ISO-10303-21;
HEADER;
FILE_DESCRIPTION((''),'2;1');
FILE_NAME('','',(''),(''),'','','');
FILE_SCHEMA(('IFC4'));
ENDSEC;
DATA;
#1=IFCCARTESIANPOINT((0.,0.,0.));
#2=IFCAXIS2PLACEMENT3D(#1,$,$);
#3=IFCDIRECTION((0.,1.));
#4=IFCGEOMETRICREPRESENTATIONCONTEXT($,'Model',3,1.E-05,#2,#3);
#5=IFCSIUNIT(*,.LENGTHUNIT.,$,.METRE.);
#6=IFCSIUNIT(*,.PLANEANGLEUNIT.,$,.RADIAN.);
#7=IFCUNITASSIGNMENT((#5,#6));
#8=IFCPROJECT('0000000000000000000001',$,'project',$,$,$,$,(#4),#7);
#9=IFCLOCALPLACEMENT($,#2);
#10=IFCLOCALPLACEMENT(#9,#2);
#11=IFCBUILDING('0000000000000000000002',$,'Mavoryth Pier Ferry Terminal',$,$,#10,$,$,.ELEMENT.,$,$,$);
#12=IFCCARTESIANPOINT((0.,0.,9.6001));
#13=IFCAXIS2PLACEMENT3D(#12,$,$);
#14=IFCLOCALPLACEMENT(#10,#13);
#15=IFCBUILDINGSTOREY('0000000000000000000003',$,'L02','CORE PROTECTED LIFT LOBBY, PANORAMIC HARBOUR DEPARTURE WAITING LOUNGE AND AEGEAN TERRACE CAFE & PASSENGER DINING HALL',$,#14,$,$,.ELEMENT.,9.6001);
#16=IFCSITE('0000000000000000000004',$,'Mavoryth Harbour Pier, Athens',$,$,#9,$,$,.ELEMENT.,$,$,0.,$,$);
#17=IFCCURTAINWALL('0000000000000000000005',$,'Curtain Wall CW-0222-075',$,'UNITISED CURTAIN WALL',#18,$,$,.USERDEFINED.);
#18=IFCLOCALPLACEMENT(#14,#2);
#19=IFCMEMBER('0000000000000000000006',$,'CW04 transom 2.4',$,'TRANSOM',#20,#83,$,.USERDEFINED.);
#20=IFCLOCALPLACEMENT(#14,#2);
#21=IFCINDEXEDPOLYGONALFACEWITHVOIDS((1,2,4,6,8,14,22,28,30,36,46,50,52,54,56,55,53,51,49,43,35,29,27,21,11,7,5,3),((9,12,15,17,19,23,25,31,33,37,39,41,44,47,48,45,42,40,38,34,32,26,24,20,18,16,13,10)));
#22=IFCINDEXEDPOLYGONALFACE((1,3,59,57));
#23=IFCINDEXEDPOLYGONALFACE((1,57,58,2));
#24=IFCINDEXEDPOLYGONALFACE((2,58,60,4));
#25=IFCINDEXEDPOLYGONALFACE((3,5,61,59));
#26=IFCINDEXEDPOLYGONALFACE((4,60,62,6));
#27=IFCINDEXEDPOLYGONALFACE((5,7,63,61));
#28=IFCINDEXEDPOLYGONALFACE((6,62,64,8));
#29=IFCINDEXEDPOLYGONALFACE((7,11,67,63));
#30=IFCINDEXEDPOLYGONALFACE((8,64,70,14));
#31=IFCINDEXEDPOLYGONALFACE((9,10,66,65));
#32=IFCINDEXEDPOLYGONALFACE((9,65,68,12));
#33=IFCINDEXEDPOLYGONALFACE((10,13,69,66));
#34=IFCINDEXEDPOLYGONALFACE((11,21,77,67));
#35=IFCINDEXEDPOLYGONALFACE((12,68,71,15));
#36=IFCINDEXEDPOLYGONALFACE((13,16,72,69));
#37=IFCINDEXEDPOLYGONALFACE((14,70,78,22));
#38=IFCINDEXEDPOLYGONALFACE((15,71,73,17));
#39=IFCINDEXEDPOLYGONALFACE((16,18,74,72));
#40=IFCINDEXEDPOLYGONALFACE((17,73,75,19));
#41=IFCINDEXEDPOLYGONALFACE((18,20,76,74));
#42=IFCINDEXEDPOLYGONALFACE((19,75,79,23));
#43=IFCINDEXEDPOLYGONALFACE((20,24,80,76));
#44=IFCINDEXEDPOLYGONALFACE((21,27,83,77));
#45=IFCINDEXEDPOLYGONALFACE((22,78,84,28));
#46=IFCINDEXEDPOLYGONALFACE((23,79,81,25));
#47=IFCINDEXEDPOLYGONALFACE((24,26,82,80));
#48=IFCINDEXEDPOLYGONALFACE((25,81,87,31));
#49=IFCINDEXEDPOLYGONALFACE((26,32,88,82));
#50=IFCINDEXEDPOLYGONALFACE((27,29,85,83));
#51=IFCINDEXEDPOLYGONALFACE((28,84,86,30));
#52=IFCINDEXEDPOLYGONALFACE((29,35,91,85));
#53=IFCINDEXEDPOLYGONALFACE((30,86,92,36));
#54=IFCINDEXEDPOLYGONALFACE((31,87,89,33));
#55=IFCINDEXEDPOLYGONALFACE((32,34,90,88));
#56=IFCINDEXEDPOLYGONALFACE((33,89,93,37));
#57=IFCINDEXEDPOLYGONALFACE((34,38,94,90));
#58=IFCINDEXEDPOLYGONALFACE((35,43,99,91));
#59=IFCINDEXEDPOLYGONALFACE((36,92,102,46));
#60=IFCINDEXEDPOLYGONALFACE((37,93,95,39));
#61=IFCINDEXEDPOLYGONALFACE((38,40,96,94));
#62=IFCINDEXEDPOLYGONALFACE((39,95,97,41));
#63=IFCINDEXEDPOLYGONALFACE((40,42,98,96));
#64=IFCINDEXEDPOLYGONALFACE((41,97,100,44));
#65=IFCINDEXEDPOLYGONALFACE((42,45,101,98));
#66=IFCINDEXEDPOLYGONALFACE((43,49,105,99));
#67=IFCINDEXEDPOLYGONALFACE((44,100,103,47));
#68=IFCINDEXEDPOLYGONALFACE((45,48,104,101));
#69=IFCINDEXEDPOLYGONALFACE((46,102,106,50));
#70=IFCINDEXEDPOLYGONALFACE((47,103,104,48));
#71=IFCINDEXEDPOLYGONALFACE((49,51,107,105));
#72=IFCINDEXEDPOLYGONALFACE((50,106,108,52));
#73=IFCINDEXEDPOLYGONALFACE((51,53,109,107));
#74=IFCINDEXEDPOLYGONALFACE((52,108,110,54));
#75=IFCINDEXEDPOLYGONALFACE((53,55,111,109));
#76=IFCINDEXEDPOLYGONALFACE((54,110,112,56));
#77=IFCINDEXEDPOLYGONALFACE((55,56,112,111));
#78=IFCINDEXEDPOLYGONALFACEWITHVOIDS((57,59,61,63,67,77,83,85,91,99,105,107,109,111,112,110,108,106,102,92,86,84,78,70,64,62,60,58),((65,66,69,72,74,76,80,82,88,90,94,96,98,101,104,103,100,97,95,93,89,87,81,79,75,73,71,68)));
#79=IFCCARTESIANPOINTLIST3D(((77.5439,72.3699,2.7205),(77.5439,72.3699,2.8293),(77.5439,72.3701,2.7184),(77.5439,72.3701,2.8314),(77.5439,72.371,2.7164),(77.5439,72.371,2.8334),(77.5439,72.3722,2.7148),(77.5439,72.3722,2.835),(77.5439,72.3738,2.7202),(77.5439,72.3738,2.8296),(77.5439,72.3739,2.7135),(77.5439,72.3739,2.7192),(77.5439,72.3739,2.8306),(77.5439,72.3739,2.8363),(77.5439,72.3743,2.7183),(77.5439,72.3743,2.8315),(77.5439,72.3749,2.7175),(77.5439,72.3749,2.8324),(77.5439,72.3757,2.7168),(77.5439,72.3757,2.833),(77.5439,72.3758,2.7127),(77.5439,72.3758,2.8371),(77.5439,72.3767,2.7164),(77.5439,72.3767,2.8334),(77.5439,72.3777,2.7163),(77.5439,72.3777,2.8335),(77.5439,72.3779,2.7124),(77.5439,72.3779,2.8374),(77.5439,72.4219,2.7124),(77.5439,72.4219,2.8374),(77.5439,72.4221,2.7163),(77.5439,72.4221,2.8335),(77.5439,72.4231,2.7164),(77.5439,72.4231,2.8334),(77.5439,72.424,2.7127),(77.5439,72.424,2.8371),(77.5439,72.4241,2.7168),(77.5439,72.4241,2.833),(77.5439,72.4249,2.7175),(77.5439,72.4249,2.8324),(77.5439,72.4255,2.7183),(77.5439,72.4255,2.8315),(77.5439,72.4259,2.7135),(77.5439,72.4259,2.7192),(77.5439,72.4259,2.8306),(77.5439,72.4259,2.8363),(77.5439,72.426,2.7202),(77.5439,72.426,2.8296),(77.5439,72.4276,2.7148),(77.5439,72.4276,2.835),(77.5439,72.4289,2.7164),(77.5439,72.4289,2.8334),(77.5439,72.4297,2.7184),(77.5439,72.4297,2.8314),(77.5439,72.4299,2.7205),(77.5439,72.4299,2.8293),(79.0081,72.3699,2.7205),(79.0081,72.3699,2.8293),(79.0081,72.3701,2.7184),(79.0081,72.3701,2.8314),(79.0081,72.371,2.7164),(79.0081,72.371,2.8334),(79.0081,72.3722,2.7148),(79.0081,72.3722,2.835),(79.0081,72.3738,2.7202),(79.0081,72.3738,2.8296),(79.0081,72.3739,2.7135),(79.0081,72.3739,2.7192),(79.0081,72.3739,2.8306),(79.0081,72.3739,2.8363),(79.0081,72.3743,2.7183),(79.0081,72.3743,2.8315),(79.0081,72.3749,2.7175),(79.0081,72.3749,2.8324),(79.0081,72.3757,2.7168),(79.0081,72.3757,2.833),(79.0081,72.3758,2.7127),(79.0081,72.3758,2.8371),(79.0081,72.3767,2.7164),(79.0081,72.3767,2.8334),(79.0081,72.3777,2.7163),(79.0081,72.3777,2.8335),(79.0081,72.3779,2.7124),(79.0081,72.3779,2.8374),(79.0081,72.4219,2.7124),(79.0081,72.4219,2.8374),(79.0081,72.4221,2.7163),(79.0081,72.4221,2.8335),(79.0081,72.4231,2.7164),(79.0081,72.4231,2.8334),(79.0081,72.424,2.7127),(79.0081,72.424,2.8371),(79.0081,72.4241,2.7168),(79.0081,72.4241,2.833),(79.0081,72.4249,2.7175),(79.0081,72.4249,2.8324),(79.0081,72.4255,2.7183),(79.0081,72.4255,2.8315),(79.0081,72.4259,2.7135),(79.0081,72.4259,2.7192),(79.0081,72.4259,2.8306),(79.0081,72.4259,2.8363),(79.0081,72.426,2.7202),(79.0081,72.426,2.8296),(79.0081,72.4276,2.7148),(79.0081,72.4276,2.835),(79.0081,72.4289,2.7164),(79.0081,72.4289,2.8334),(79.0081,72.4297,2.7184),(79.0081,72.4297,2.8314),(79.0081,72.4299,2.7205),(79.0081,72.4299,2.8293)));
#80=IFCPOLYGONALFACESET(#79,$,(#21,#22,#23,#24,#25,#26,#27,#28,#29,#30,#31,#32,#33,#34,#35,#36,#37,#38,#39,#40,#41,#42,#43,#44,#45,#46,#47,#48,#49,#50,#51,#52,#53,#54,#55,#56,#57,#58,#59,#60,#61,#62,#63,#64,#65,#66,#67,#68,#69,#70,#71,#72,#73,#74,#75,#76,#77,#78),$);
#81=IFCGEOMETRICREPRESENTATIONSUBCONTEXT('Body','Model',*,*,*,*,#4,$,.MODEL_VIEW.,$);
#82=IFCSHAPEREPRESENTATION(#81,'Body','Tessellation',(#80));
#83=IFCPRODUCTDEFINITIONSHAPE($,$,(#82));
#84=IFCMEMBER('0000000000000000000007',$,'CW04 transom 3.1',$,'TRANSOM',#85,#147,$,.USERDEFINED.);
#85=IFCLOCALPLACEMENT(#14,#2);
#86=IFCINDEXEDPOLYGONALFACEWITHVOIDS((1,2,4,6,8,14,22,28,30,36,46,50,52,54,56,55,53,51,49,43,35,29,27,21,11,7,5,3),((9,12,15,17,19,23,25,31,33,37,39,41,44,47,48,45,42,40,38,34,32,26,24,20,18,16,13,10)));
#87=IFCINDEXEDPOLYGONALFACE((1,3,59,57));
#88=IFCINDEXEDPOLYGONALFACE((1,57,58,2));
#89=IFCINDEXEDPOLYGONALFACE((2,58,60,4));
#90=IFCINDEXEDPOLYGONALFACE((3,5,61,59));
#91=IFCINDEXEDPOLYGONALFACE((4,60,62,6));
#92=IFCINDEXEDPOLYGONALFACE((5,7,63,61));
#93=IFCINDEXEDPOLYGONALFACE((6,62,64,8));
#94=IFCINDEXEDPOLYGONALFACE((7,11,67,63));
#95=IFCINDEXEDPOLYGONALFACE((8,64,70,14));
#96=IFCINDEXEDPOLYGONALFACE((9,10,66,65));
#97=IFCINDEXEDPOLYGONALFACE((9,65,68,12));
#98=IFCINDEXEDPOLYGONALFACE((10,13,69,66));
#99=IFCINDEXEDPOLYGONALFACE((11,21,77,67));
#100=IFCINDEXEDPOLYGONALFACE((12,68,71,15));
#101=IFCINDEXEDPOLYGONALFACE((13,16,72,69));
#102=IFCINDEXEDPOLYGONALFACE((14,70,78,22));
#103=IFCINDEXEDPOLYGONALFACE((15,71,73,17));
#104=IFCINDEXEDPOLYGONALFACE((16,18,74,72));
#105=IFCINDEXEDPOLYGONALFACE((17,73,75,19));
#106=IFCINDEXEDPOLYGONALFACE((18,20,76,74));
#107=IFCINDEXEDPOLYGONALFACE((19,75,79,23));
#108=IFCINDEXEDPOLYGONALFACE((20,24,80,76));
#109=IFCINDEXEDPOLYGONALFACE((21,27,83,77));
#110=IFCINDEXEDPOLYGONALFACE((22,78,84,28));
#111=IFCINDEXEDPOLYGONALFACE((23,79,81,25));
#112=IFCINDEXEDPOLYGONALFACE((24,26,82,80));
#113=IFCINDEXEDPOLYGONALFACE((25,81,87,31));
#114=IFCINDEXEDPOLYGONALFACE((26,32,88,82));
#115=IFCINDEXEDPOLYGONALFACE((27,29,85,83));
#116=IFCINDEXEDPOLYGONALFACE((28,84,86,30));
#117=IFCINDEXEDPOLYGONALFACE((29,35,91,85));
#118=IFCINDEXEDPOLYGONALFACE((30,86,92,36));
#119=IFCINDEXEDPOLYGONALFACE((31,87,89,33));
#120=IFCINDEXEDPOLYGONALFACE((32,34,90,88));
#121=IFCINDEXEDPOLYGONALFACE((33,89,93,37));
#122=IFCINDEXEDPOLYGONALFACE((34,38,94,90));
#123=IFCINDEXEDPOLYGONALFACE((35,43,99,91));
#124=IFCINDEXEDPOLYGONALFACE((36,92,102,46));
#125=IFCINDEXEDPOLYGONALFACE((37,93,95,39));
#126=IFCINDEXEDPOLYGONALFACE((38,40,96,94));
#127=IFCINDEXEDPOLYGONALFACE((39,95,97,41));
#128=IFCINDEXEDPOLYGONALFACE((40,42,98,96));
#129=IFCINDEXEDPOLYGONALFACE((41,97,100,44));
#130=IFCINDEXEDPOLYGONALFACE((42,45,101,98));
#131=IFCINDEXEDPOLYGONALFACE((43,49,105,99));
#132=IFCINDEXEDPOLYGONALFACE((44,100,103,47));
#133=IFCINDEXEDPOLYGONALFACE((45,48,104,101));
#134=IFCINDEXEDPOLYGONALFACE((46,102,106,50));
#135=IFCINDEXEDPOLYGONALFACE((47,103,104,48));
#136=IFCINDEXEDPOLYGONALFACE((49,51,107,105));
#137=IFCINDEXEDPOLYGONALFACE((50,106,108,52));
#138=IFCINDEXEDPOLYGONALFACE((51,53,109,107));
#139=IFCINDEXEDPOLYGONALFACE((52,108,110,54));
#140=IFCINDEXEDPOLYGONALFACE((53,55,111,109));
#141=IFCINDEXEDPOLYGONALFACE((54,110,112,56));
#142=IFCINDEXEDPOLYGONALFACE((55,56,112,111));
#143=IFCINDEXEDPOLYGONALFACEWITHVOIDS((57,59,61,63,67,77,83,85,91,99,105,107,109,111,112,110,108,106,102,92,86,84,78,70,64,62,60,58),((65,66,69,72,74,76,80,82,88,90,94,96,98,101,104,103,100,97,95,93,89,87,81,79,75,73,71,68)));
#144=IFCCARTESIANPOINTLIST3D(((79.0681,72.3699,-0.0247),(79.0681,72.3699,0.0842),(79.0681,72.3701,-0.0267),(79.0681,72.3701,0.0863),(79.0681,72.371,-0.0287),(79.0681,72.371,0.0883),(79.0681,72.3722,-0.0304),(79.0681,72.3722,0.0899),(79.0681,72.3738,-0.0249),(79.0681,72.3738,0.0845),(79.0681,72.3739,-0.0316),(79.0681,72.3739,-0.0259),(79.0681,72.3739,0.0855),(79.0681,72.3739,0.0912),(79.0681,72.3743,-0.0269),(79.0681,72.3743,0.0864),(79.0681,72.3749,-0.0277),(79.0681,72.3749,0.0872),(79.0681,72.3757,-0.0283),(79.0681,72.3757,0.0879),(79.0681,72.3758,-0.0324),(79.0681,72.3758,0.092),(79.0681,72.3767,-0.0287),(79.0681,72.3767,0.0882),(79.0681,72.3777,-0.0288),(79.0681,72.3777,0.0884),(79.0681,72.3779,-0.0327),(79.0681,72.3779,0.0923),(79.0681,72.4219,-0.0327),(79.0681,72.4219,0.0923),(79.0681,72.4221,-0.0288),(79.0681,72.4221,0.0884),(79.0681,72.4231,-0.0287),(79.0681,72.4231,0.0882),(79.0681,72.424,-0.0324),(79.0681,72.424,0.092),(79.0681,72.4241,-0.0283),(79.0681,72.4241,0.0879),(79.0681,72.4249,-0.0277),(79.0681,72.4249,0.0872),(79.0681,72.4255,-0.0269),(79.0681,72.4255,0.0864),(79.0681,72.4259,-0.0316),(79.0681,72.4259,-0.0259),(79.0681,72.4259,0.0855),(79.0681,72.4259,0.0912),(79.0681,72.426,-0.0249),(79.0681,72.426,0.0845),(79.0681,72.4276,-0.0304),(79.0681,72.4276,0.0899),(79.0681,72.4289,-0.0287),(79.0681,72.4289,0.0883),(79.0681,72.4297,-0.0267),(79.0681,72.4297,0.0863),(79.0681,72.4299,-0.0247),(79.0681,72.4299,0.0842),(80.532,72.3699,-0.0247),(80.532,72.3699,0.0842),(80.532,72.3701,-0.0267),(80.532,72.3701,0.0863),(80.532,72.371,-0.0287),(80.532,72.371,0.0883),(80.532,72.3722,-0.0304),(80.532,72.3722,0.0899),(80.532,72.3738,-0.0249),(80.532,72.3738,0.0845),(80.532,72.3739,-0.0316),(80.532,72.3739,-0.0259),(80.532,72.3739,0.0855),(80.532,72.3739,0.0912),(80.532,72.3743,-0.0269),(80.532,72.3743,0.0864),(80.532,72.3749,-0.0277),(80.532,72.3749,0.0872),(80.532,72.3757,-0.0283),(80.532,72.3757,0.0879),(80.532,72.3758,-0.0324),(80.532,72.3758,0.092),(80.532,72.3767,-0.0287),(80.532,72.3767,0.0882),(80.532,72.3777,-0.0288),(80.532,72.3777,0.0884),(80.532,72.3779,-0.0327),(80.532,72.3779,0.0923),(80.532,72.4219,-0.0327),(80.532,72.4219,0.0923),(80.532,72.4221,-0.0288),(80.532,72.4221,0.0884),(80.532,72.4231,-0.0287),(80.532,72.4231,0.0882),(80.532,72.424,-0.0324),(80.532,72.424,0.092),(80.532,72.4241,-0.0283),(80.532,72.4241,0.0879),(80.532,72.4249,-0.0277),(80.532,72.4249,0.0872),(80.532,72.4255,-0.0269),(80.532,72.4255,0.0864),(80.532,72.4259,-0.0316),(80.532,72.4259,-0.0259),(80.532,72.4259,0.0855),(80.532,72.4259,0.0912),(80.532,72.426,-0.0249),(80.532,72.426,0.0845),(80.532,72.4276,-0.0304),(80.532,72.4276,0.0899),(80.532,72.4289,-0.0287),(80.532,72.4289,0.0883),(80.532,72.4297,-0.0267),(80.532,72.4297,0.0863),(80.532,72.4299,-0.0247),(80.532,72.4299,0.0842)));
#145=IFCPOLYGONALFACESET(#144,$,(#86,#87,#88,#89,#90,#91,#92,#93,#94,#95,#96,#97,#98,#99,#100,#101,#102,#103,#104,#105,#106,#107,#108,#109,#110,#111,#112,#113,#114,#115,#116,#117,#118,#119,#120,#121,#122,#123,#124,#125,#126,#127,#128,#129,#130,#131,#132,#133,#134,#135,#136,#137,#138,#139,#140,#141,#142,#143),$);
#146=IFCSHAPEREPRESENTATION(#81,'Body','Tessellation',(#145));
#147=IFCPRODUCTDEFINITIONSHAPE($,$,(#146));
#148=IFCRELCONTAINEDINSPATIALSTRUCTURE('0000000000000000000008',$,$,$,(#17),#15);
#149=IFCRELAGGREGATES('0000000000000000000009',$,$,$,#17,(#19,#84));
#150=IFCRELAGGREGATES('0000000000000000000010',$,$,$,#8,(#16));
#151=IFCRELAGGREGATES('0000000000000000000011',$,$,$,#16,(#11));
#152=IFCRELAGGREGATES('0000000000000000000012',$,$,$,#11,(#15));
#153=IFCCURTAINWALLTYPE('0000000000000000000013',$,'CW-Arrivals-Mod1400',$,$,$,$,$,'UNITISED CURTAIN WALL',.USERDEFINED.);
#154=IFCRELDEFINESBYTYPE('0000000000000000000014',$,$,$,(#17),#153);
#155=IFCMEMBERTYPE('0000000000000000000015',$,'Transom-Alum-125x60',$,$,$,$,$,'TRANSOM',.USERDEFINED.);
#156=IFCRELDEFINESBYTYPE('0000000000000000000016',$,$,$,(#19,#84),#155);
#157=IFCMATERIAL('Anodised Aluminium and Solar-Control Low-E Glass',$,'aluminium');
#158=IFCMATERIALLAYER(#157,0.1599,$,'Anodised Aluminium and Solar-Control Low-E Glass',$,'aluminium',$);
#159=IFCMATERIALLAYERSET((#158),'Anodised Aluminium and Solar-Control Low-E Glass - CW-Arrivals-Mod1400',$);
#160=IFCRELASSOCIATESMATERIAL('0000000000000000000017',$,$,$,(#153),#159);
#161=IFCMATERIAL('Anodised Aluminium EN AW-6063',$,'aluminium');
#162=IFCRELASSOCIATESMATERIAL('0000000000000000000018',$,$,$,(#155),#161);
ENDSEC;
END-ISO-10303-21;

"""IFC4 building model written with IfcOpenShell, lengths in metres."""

from ifc_helpers import new_model, si_unit, direction, frame, origin, origin_2d, place, context, subcontext, project, spatial, hollow_rectangle, extrude, material, layer, layer_set, material_profile, profile_set, type_object, element, aggregate, save


model = new_model("IFC4")

# Units and contexts
model_context = context("Model", 3, precision=1e-05, world=origin(), true_north=direction((0.0, 1.0)))
body_context = subcontext(model_context, "Body", "Model", "MODEL_VIEW")
ifc_project = project(units=[si_unit("LENGTHUNIT", "METRE"), si_unit("PLANEANGLEUNIT", "RADIAN")], contexts=[model_context])

# Site, building, storey
site_placement = place(None, origin())
site = spatial("IfcSite", under=ifc_project, at=site_placement, Name="Mavoryth Harbour Pier, Athens", CompositionType="ELEMENT", RefElevation=0.0)
building_placement = place(site_placement, origin())
building = spatial("IfcBuilding", under=site, at=building_placement, Name="Mavoryth Pier Ferry Terminal", CompositionType="ELEMENT")
storey_placement = place(building_placement, frame((0.0, 0.0, 9.6001)))
storey = spatial("IfcBuildingStorey", under=building, at=storey_placement, Name="L02", Description="CORE PROTECTED LIFT LOBBY, PANORAMIC HARBOUR DEPARTURE WAITING LOUNGE AND AEGEAN TERRACE CAFE & PASSENGER DINING HALL", CompositionType="ELEMENT", Elevation=9.6001)

# Curtain wall, members
ifc_material_1 = material(Name="Anodised Aluminium and Solar-Control Low-E Glass", Category="aluminium")
ifc_layer_1 = layer(ifc_material_1, 0.1599, Name="Anodised Aluminium and Solar-Control Low-E Glass", Category="aluminium")
ifc_layer_set_1 = layer_set([ifc_layer_1], Name="Anodised Aluminium and Solar-Control Low-E Glass - CW-Arrivals-Mod1400")
curtain_wall_type = type_object("IfcCurtainWallType", Name="CW-Arrivals-Mod1400", ElementType="UNITISED CURTAIN WALL", PredefinedType="USERDEFINED", material=ifc_layer_set_1)
curtain_wall_placement = place(storey_placement, origin())
curtain_wall = element("IfcCurtainWall", 1, at=curtain_wall_placement, inside=storey, type_object=curtain_wall_type, Name="Curtain Wall CW-0222-075", ObjectType="UNITISED CURTAIN WALL", PredefinedType="USERDEFINED")
ifc_material_2 = material(Name="Anodised Aluminium EN AW-6063", Category="aluminium")
ifc_material_profile_1 = material_profile(ifc_material_2, hollow_rectangle(XDim=0.0601, YDim=0.125, WallThickness=0.0039, InnerFilletRadius=0.0039, OuterFilletRadius=0.0081, at=origin_2d()), Name="AL-TRAN 125x60x4", Category="aluminium")
ifc_profile_set_1 = profile_set([ifc_material_profile_1], Name="Anodised Aluminium EN AW-6063 - AL-TRAN 125x60x4")
member_type_1 = type_object("IfcMemberType", Name="Transom-Alum-125x60", ElementType="TRANSOM", PredefinedType="USERDEFINED", material=ifc_profile_set_1)
member_1_placement = place(storey_placement, frame((77.5439, 72.3999, 2.7749), z_axis=(1.0, 0.0, 0.0), x_axis=(0.0, 1.0, 0.0)))
member_1 = element("IfcMember", 2, at=member_1_placement, type_object=member_type_1, Name="CW04 transom 2.4", ObjectType="TRANSOM", PredefinedType="USERDEFINED", context=body_context, shape_type="SweptSolid", body=[
    extrude(hollow_rectangle(XDim=0.0601, YDim=0.125, WallThickness=0.0039, InnerFilletRadius=0.0039, OuterFilletRadius=0.0081, at=origin_2d()), origin(), (0.0, 0.0, 1.0), 1.4641),
])
member_2_placement = place(storey_placement, frame((79.0681, 72.3999, 0.0298), z_axis=(1.0, 0.0, 0.0), x_axis=(0.0, 1.0, 0.0)))
member_2 = element("IfcMember", 3, at=member_2_placement, type_object=member_type_1, Name="CW04 transom 3.1", ObjectType="TRANSOM", PredefinedType="USERDEFINED", context=body_context, shape_type="SweptSolid", body=[
    extrude(hollow_rectangle(XDim=0.0601, YDim=0.125, WallThickness=0.0039, InnerFilletRadius=0.0039, OuterFilletRadius=0.0081, at=origin_2d()), origin(), (0.0, 0.0, 1.0), 1.4639),
])
aggregate(curtain_wall, [member_1, member_2])

save(model, "model.ifc")
